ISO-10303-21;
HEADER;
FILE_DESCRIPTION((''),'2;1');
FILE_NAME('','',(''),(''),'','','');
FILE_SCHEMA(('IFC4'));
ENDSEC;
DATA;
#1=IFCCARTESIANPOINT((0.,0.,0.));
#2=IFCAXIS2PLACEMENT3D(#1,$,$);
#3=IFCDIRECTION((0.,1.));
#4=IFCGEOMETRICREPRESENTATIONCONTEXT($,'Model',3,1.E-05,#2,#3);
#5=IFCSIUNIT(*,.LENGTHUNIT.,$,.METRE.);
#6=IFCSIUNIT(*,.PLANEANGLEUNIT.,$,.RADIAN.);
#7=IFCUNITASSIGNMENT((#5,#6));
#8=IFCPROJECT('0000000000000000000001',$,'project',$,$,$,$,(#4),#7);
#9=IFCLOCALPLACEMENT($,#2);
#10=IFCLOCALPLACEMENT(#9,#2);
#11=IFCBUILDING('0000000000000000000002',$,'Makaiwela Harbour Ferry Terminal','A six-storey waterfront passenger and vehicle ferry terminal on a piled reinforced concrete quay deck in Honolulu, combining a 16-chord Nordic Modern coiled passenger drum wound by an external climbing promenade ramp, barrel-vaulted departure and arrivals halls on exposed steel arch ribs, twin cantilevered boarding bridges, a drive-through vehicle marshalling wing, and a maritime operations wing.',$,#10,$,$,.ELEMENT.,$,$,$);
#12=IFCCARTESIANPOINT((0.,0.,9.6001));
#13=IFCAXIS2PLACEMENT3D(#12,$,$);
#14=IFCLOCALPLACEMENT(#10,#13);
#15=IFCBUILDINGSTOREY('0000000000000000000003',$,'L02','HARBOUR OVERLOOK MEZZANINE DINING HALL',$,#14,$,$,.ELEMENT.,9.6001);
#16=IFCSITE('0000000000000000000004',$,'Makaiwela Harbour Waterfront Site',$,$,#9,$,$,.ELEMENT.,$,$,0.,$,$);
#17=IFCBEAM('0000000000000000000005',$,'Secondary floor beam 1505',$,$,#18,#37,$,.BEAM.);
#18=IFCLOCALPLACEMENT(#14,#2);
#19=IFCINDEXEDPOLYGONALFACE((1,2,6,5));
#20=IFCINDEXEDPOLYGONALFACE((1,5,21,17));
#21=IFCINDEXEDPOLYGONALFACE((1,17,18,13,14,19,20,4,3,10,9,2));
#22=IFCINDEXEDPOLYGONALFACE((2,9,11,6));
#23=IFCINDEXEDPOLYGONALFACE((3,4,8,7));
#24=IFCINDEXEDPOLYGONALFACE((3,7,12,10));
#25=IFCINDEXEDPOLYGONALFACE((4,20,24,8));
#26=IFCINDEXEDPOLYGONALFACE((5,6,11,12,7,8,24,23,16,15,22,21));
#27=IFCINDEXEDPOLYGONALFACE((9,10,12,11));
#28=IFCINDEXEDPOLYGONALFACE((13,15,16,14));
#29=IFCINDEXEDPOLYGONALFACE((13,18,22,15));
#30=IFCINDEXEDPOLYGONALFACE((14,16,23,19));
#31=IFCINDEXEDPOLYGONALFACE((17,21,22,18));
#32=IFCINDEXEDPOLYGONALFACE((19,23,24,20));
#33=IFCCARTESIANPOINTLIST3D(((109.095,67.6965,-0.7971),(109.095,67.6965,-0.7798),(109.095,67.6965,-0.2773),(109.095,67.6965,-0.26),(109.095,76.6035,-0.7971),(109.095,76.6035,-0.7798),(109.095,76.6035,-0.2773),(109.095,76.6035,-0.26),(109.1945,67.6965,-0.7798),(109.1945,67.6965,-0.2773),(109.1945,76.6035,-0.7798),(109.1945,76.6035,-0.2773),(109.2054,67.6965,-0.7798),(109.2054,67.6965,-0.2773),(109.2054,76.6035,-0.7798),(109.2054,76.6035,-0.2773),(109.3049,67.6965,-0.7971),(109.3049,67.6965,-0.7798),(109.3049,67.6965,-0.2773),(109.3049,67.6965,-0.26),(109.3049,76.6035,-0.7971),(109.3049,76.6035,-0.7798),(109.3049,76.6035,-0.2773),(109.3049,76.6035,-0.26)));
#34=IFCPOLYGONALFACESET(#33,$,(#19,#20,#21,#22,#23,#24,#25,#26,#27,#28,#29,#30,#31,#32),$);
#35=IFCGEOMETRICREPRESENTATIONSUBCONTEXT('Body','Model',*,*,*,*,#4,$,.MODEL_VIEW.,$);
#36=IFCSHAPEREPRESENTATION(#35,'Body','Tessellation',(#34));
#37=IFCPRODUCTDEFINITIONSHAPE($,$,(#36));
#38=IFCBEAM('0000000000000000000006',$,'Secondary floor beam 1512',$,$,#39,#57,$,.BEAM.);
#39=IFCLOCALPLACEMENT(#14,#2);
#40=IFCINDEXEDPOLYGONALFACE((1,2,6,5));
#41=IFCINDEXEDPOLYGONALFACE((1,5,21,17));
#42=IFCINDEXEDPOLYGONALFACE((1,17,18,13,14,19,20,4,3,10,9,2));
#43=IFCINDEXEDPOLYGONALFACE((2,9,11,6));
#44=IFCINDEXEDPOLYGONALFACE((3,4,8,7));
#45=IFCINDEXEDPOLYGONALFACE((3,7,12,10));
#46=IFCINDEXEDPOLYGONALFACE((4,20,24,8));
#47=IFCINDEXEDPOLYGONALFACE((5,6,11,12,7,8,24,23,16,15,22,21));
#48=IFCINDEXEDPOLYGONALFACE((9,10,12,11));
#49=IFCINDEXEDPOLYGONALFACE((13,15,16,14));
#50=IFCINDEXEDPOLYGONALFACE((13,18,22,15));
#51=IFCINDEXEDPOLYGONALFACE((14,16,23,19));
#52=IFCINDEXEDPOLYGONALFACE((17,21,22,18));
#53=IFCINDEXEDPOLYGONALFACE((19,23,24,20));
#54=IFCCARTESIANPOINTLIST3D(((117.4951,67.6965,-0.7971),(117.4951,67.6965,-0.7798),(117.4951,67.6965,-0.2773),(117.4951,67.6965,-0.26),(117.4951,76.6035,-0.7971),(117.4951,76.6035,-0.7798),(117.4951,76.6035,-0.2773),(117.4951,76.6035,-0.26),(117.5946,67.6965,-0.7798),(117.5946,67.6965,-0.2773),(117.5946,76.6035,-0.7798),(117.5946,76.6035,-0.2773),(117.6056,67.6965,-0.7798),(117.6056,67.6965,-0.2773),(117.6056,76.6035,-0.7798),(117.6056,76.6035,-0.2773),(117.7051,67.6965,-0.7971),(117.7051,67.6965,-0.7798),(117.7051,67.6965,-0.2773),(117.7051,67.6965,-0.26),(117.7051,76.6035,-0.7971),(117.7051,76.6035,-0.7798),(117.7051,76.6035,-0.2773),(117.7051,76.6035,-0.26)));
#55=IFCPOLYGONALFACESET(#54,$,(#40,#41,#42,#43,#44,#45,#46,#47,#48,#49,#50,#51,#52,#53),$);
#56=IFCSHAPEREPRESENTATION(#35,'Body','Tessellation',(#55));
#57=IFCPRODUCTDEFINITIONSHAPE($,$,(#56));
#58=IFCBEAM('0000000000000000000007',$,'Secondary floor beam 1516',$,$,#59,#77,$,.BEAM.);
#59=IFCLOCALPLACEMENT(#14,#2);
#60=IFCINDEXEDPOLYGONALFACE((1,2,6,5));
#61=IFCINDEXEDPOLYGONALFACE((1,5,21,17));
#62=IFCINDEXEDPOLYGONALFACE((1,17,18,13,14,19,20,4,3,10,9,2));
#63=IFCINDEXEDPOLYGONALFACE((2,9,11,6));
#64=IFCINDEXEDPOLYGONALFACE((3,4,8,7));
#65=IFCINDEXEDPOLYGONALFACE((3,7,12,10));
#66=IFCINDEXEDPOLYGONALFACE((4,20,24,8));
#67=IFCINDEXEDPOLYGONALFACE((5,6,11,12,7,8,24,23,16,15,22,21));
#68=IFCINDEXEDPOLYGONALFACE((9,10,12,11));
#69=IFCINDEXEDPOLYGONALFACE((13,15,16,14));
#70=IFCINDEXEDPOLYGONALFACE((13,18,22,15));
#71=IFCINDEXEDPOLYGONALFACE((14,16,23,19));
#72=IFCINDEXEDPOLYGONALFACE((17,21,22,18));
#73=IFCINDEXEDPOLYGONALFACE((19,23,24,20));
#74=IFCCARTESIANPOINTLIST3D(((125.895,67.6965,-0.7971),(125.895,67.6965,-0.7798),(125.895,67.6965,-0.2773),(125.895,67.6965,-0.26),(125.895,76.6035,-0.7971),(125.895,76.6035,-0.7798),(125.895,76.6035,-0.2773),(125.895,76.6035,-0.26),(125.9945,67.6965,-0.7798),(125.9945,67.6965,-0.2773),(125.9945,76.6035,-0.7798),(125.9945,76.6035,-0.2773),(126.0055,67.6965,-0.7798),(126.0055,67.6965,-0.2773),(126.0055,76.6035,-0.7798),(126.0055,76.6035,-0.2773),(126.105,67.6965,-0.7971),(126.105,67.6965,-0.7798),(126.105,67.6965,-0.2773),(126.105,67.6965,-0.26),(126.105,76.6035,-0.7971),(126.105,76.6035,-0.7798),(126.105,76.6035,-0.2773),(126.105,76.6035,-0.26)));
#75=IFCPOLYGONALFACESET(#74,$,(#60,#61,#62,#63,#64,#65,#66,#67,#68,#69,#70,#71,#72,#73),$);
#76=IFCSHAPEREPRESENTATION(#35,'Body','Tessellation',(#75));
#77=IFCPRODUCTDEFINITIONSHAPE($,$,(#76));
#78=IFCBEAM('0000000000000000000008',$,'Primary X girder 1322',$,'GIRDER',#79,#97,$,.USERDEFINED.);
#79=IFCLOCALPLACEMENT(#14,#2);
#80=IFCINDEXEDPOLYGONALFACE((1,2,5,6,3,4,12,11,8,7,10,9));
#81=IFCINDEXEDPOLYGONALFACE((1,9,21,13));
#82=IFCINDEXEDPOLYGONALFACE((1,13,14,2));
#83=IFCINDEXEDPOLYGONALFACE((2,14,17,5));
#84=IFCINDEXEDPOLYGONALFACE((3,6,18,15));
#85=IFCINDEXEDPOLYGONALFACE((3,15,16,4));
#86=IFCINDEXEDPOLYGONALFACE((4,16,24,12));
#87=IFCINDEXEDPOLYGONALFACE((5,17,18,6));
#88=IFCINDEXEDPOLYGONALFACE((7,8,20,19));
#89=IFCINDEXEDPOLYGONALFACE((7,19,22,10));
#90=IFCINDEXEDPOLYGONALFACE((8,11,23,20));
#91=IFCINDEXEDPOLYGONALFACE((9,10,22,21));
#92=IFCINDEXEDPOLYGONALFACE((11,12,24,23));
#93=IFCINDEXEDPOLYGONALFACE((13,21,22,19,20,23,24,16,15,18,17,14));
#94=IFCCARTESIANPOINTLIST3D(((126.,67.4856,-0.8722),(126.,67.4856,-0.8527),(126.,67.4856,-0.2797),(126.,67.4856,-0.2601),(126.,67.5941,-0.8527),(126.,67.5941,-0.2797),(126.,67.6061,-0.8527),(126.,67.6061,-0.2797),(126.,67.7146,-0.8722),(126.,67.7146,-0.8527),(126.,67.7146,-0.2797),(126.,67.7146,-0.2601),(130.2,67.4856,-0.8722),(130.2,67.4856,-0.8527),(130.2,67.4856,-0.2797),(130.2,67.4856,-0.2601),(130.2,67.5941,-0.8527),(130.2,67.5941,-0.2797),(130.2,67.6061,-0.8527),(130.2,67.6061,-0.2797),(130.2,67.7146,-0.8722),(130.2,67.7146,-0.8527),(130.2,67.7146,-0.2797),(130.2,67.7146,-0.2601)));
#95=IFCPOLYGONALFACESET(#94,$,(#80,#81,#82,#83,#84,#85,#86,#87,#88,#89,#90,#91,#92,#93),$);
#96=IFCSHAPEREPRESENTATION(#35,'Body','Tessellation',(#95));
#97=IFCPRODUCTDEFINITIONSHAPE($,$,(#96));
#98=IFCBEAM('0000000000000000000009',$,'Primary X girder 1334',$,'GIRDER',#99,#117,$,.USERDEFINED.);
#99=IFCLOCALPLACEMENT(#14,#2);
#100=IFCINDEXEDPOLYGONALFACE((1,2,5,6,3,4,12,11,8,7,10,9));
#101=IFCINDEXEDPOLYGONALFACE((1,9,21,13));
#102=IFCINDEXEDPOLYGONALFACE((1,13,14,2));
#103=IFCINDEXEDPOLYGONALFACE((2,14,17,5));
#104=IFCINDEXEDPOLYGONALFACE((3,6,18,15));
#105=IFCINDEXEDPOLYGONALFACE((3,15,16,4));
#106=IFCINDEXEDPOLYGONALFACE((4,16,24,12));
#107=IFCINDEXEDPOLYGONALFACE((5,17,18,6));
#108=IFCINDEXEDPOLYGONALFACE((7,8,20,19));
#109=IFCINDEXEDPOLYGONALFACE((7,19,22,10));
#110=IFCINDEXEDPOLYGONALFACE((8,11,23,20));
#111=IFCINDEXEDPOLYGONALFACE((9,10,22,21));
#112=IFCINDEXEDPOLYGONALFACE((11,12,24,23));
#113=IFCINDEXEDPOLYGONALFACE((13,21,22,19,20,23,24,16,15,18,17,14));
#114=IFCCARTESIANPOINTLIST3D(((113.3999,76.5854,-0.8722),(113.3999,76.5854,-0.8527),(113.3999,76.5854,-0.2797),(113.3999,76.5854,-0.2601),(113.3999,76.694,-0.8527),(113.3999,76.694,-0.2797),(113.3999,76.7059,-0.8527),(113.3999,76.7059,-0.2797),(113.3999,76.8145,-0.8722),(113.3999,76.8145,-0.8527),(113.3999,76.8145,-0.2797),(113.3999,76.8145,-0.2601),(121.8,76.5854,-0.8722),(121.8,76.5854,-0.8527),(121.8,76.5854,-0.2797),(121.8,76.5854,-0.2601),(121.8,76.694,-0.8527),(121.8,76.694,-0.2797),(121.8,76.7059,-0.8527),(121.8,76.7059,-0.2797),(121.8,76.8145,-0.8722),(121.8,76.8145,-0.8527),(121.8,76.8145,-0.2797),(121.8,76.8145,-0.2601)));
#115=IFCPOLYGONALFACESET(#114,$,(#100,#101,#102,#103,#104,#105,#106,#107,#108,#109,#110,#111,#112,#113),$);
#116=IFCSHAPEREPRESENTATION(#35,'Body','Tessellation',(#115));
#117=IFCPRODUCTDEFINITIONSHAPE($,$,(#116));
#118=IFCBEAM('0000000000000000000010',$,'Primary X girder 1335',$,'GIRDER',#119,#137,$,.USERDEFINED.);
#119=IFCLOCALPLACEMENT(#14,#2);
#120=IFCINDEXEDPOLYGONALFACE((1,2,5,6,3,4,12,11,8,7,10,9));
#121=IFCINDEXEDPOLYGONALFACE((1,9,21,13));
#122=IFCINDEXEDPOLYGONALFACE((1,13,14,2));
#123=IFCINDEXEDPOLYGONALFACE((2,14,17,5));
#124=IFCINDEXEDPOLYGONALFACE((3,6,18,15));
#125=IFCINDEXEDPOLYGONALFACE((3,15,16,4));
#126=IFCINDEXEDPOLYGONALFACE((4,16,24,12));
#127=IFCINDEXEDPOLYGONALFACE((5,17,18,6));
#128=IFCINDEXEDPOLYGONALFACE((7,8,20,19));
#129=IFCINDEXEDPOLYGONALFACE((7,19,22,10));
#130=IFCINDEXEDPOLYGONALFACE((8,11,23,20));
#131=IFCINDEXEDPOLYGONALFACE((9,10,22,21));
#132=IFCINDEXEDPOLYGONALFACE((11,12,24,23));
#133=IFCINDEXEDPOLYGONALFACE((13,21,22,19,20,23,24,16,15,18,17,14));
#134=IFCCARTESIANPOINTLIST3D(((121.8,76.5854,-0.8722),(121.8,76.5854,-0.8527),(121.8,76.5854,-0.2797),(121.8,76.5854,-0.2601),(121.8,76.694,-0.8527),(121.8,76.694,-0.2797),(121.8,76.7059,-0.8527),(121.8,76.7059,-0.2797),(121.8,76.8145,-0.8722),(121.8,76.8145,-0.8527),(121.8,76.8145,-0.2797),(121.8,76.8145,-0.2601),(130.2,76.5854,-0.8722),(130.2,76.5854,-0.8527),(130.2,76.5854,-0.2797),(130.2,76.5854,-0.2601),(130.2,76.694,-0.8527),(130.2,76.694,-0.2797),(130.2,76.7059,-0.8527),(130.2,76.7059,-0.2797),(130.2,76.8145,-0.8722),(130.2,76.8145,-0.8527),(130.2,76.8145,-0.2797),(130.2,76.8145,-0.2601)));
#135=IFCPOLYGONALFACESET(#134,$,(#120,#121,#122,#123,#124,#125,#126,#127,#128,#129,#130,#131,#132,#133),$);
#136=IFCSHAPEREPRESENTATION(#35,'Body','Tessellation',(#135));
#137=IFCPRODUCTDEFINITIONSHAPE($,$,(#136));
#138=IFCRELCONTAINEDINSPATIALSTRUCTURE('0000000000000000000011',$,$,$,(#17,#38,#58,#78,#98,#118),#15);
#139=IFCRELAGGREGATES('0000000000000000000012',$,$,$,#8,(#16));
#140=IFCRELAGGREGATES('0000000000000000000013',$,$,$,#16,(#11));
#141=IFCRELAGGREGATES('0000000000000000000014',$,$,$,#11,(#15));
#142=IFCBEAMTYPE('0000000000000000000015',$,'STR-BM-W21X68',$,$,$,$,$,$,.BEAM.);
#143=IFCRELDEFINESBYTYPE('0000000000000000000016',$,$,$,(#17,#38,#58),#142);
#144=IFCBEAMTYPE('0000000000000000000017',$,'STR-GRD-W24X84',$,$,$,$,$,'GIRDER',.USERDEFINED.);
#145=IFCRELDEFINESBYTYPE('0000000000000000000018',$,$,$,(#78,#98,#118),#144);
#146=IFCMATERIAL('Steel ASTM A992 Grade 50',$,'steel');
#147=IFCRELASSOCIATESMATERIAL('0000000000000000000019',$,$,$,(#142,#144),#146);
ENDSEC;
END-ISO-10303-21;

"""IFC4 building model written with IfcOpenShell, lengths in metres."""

from ifc_helpers import new_model, si_unit, direction, frame, origin, origin_2d, place, context, subcontext, project, spatial, i_section, extrude, material, material_profile, profile_set, type_object, element, save


model = new_model("IFC4")

# Units and contexts
model_context = context("Model", 3, precision=1e-05, world=origin(), true_north=direction((0.0, 1.0)))
body_context = subcontext(model_context, "Body", "Model", "MODEL_VIEW")
ifc_project = project(units=[si_unit("LENGTHUNIT", "METRE"), si_unit("PLANEANGLEUNIT", "RADIAN")], contexts=[model_context])

# Site, building, storey
site_placement = place(None, origin())
site = spatial("IfcSite", under=ifc_project, at=site_placement, Name="Makaiwela Harbour Waterfront Site", CompositionType="ELEMENT", RefElevation=0.0)
building_placement = place(site_placement, origin())
building = spatial("IfcBuilding", under=site, at=building_placement, Name="Makaiwela Harbour Ferry Terminal", Description="A six-storey waterfront passenger and vehicle ferry terminal on a piled reinforced concrete quay deck in Honolulu, combining a 16-chord Nordic Modern coiled passenger drum wound by an external climbing promenade ramp, barrel-vaulted departure and arrivals halls on exposed steel arch ribs, twin cantilevered boarding bridges, a drive-through vehicle marshalling wing, and a maritime operations wing.", CompositionType="ELEMENT")
storey_placement = place(building_placement, frame((0.0, 0.0, 9.6001)))
storey = spatial("IfcBuildingStorey", under=building, at=storey_placement, Name="L02", Description="HARBOUR OVERLOOK MEZZANINE DINING HALL", CompositionType="ELEMENT", Elevation=9.6001)

# Beams
ifc_material_1 = material(Name="Steel ASTM A992 Grade 50", Category="steel")
ifc_material_profile_1 = material_profile(ifc_material_1, i_section(OverallWidth=0.21, OverallDepth=0.5371, WebThickness=0.011, FlangeThickness=0.0173, at=origin_2d()), Name="W21X68")
ifc_profile_set_1 = profile_set([ifc_material_profile_1], Name="Steel ASTM A992 Grade 50")
beam_type_1 = type_object("IfcBeamType", Name="STR-BM-W21X68", PredefinedType="BEAM", material=ifc_profile_set_1)
for number, where, z_axis, x_axis, name in (
    (1, (109.2, 67.6965, -0.5286), (0.0, 1.0, 0.0), (-1.0, 0.0, 0.0), "Secondary floor beam 1505"),
    (2, (117.6001, 67.6965, -0.5286), (0.0, 1.0, 0.0), (-1.0, 0.0, 0.0), "Secondary floor beam 1512"),
    (3, (126.0, 67.6965, -0.5286), (0.0, 1.0, 0.0), (-1.0, 0.0, 0.0), "Secondary floor beam 1516"),
):
    element("IfcBeam", number, at=place(storey_placement, frame(where, z_axis=z_axis, x_axis=x_axis)), inside=storey, type_object=beam_type_1, Name=name, PredefinedType="BEAM", context=body_context, shape_type="SweptSolid", body=[
        extrude(i_section(OverallWidth=0.21, OverallDepth=0.5371, WebThickness=0.011, FlangeThickness=0.0173, at=origin_2d()), origin(), (0.0, 0.0, 1.0), 8.907),
    ])
ifc_material_profile_2 = material_profile(ifc_material_1, i_section(OverallWidth=0.229, OverallDepth=0.6121, WebThickness=0.012, FlangeThickness=0.0195, at=origin_2d()), Name="W24X84")
ifc_profile_set_2 = profile_set([ifc_material_profile_2], Name="Steel ASTM A992 Grade 50")
beam_type_2 = type_object("IfcBeamType", Name="STR-GRD-W24X84", ElementType="GIRDER", PredefinedType="USERDEFINED", material=ifc_profile_set_2)
beam_1_placement = place(storey_placement, frame((126.0, 67.6001, -0.5662), z_axis=(1.0, 0.0, 0.0), x_axis=(0.0, 1.0, 0.0)))
element("IfcBeam", 4, at=beam_1_placement, inside=storey, type_object=beam_type_2, Name="Primary X girder 1322", ObjectType="GIRDER", PredefinedType="USERDEFINED", context=body_context, shape_type="SweptSolid", body=[
    extrude(i_section(OverallWidth=0.229, OverallDepth=0.6121, WebThickness=0.012, FlangeThickness=0.0195, at=origin_2d()), origin(), (0.0, 0.0, 1.0), 4.2),
])
beam_2_placement = place(storey_placement, frame((113.3999, 76.7, -0.5662), z_axis=(1.0, 0.0, 0.0), x_axis=(0.0, 1.0, 0.0)))
element("IfcBeam", 5, at=beam_2_placement, inside=storey, type_object=beam_type_2, Name="Primary X girder 1334", ObjectType="GIRDER", PredefinedType="USERDEFINED", context=body_context, shape_type="SweptSolid", body=[
    extrude(i_section(OverallWidth=0.229, OverallDepth=0.6121, WebThickness=0.012, FlangeThickness=0.0195, at=origin_2d()), origin(), (0.0, 0.0, 1.0), 8.4001),
])
beam_3_placement = place(storey_placement, frame((121.8, 76.7, -0.5662), z_axis=(1.0, 0.0, 0.0), x_axis=(0.0, 1.0, 0.0)))
element("IfcBeam", 6, at=beam_3_placement, inside=storey, type_object=beam_type_2, Name="Primary X girder 1335", ObjectType="GIRDER", PredefinedType="USERDEFINED", context=body_context, shape_type="SweptSolid", body=[
    extrude(i_section(OverallWidth=0.229, OverallDepth=0.6121, WebThickness=0.012, FlangeThickness=0.0195, at=origin_2d()), origin(), (0.0, 0.0, 1.0), 8.3999),
])

save(model, "model.ifc")
